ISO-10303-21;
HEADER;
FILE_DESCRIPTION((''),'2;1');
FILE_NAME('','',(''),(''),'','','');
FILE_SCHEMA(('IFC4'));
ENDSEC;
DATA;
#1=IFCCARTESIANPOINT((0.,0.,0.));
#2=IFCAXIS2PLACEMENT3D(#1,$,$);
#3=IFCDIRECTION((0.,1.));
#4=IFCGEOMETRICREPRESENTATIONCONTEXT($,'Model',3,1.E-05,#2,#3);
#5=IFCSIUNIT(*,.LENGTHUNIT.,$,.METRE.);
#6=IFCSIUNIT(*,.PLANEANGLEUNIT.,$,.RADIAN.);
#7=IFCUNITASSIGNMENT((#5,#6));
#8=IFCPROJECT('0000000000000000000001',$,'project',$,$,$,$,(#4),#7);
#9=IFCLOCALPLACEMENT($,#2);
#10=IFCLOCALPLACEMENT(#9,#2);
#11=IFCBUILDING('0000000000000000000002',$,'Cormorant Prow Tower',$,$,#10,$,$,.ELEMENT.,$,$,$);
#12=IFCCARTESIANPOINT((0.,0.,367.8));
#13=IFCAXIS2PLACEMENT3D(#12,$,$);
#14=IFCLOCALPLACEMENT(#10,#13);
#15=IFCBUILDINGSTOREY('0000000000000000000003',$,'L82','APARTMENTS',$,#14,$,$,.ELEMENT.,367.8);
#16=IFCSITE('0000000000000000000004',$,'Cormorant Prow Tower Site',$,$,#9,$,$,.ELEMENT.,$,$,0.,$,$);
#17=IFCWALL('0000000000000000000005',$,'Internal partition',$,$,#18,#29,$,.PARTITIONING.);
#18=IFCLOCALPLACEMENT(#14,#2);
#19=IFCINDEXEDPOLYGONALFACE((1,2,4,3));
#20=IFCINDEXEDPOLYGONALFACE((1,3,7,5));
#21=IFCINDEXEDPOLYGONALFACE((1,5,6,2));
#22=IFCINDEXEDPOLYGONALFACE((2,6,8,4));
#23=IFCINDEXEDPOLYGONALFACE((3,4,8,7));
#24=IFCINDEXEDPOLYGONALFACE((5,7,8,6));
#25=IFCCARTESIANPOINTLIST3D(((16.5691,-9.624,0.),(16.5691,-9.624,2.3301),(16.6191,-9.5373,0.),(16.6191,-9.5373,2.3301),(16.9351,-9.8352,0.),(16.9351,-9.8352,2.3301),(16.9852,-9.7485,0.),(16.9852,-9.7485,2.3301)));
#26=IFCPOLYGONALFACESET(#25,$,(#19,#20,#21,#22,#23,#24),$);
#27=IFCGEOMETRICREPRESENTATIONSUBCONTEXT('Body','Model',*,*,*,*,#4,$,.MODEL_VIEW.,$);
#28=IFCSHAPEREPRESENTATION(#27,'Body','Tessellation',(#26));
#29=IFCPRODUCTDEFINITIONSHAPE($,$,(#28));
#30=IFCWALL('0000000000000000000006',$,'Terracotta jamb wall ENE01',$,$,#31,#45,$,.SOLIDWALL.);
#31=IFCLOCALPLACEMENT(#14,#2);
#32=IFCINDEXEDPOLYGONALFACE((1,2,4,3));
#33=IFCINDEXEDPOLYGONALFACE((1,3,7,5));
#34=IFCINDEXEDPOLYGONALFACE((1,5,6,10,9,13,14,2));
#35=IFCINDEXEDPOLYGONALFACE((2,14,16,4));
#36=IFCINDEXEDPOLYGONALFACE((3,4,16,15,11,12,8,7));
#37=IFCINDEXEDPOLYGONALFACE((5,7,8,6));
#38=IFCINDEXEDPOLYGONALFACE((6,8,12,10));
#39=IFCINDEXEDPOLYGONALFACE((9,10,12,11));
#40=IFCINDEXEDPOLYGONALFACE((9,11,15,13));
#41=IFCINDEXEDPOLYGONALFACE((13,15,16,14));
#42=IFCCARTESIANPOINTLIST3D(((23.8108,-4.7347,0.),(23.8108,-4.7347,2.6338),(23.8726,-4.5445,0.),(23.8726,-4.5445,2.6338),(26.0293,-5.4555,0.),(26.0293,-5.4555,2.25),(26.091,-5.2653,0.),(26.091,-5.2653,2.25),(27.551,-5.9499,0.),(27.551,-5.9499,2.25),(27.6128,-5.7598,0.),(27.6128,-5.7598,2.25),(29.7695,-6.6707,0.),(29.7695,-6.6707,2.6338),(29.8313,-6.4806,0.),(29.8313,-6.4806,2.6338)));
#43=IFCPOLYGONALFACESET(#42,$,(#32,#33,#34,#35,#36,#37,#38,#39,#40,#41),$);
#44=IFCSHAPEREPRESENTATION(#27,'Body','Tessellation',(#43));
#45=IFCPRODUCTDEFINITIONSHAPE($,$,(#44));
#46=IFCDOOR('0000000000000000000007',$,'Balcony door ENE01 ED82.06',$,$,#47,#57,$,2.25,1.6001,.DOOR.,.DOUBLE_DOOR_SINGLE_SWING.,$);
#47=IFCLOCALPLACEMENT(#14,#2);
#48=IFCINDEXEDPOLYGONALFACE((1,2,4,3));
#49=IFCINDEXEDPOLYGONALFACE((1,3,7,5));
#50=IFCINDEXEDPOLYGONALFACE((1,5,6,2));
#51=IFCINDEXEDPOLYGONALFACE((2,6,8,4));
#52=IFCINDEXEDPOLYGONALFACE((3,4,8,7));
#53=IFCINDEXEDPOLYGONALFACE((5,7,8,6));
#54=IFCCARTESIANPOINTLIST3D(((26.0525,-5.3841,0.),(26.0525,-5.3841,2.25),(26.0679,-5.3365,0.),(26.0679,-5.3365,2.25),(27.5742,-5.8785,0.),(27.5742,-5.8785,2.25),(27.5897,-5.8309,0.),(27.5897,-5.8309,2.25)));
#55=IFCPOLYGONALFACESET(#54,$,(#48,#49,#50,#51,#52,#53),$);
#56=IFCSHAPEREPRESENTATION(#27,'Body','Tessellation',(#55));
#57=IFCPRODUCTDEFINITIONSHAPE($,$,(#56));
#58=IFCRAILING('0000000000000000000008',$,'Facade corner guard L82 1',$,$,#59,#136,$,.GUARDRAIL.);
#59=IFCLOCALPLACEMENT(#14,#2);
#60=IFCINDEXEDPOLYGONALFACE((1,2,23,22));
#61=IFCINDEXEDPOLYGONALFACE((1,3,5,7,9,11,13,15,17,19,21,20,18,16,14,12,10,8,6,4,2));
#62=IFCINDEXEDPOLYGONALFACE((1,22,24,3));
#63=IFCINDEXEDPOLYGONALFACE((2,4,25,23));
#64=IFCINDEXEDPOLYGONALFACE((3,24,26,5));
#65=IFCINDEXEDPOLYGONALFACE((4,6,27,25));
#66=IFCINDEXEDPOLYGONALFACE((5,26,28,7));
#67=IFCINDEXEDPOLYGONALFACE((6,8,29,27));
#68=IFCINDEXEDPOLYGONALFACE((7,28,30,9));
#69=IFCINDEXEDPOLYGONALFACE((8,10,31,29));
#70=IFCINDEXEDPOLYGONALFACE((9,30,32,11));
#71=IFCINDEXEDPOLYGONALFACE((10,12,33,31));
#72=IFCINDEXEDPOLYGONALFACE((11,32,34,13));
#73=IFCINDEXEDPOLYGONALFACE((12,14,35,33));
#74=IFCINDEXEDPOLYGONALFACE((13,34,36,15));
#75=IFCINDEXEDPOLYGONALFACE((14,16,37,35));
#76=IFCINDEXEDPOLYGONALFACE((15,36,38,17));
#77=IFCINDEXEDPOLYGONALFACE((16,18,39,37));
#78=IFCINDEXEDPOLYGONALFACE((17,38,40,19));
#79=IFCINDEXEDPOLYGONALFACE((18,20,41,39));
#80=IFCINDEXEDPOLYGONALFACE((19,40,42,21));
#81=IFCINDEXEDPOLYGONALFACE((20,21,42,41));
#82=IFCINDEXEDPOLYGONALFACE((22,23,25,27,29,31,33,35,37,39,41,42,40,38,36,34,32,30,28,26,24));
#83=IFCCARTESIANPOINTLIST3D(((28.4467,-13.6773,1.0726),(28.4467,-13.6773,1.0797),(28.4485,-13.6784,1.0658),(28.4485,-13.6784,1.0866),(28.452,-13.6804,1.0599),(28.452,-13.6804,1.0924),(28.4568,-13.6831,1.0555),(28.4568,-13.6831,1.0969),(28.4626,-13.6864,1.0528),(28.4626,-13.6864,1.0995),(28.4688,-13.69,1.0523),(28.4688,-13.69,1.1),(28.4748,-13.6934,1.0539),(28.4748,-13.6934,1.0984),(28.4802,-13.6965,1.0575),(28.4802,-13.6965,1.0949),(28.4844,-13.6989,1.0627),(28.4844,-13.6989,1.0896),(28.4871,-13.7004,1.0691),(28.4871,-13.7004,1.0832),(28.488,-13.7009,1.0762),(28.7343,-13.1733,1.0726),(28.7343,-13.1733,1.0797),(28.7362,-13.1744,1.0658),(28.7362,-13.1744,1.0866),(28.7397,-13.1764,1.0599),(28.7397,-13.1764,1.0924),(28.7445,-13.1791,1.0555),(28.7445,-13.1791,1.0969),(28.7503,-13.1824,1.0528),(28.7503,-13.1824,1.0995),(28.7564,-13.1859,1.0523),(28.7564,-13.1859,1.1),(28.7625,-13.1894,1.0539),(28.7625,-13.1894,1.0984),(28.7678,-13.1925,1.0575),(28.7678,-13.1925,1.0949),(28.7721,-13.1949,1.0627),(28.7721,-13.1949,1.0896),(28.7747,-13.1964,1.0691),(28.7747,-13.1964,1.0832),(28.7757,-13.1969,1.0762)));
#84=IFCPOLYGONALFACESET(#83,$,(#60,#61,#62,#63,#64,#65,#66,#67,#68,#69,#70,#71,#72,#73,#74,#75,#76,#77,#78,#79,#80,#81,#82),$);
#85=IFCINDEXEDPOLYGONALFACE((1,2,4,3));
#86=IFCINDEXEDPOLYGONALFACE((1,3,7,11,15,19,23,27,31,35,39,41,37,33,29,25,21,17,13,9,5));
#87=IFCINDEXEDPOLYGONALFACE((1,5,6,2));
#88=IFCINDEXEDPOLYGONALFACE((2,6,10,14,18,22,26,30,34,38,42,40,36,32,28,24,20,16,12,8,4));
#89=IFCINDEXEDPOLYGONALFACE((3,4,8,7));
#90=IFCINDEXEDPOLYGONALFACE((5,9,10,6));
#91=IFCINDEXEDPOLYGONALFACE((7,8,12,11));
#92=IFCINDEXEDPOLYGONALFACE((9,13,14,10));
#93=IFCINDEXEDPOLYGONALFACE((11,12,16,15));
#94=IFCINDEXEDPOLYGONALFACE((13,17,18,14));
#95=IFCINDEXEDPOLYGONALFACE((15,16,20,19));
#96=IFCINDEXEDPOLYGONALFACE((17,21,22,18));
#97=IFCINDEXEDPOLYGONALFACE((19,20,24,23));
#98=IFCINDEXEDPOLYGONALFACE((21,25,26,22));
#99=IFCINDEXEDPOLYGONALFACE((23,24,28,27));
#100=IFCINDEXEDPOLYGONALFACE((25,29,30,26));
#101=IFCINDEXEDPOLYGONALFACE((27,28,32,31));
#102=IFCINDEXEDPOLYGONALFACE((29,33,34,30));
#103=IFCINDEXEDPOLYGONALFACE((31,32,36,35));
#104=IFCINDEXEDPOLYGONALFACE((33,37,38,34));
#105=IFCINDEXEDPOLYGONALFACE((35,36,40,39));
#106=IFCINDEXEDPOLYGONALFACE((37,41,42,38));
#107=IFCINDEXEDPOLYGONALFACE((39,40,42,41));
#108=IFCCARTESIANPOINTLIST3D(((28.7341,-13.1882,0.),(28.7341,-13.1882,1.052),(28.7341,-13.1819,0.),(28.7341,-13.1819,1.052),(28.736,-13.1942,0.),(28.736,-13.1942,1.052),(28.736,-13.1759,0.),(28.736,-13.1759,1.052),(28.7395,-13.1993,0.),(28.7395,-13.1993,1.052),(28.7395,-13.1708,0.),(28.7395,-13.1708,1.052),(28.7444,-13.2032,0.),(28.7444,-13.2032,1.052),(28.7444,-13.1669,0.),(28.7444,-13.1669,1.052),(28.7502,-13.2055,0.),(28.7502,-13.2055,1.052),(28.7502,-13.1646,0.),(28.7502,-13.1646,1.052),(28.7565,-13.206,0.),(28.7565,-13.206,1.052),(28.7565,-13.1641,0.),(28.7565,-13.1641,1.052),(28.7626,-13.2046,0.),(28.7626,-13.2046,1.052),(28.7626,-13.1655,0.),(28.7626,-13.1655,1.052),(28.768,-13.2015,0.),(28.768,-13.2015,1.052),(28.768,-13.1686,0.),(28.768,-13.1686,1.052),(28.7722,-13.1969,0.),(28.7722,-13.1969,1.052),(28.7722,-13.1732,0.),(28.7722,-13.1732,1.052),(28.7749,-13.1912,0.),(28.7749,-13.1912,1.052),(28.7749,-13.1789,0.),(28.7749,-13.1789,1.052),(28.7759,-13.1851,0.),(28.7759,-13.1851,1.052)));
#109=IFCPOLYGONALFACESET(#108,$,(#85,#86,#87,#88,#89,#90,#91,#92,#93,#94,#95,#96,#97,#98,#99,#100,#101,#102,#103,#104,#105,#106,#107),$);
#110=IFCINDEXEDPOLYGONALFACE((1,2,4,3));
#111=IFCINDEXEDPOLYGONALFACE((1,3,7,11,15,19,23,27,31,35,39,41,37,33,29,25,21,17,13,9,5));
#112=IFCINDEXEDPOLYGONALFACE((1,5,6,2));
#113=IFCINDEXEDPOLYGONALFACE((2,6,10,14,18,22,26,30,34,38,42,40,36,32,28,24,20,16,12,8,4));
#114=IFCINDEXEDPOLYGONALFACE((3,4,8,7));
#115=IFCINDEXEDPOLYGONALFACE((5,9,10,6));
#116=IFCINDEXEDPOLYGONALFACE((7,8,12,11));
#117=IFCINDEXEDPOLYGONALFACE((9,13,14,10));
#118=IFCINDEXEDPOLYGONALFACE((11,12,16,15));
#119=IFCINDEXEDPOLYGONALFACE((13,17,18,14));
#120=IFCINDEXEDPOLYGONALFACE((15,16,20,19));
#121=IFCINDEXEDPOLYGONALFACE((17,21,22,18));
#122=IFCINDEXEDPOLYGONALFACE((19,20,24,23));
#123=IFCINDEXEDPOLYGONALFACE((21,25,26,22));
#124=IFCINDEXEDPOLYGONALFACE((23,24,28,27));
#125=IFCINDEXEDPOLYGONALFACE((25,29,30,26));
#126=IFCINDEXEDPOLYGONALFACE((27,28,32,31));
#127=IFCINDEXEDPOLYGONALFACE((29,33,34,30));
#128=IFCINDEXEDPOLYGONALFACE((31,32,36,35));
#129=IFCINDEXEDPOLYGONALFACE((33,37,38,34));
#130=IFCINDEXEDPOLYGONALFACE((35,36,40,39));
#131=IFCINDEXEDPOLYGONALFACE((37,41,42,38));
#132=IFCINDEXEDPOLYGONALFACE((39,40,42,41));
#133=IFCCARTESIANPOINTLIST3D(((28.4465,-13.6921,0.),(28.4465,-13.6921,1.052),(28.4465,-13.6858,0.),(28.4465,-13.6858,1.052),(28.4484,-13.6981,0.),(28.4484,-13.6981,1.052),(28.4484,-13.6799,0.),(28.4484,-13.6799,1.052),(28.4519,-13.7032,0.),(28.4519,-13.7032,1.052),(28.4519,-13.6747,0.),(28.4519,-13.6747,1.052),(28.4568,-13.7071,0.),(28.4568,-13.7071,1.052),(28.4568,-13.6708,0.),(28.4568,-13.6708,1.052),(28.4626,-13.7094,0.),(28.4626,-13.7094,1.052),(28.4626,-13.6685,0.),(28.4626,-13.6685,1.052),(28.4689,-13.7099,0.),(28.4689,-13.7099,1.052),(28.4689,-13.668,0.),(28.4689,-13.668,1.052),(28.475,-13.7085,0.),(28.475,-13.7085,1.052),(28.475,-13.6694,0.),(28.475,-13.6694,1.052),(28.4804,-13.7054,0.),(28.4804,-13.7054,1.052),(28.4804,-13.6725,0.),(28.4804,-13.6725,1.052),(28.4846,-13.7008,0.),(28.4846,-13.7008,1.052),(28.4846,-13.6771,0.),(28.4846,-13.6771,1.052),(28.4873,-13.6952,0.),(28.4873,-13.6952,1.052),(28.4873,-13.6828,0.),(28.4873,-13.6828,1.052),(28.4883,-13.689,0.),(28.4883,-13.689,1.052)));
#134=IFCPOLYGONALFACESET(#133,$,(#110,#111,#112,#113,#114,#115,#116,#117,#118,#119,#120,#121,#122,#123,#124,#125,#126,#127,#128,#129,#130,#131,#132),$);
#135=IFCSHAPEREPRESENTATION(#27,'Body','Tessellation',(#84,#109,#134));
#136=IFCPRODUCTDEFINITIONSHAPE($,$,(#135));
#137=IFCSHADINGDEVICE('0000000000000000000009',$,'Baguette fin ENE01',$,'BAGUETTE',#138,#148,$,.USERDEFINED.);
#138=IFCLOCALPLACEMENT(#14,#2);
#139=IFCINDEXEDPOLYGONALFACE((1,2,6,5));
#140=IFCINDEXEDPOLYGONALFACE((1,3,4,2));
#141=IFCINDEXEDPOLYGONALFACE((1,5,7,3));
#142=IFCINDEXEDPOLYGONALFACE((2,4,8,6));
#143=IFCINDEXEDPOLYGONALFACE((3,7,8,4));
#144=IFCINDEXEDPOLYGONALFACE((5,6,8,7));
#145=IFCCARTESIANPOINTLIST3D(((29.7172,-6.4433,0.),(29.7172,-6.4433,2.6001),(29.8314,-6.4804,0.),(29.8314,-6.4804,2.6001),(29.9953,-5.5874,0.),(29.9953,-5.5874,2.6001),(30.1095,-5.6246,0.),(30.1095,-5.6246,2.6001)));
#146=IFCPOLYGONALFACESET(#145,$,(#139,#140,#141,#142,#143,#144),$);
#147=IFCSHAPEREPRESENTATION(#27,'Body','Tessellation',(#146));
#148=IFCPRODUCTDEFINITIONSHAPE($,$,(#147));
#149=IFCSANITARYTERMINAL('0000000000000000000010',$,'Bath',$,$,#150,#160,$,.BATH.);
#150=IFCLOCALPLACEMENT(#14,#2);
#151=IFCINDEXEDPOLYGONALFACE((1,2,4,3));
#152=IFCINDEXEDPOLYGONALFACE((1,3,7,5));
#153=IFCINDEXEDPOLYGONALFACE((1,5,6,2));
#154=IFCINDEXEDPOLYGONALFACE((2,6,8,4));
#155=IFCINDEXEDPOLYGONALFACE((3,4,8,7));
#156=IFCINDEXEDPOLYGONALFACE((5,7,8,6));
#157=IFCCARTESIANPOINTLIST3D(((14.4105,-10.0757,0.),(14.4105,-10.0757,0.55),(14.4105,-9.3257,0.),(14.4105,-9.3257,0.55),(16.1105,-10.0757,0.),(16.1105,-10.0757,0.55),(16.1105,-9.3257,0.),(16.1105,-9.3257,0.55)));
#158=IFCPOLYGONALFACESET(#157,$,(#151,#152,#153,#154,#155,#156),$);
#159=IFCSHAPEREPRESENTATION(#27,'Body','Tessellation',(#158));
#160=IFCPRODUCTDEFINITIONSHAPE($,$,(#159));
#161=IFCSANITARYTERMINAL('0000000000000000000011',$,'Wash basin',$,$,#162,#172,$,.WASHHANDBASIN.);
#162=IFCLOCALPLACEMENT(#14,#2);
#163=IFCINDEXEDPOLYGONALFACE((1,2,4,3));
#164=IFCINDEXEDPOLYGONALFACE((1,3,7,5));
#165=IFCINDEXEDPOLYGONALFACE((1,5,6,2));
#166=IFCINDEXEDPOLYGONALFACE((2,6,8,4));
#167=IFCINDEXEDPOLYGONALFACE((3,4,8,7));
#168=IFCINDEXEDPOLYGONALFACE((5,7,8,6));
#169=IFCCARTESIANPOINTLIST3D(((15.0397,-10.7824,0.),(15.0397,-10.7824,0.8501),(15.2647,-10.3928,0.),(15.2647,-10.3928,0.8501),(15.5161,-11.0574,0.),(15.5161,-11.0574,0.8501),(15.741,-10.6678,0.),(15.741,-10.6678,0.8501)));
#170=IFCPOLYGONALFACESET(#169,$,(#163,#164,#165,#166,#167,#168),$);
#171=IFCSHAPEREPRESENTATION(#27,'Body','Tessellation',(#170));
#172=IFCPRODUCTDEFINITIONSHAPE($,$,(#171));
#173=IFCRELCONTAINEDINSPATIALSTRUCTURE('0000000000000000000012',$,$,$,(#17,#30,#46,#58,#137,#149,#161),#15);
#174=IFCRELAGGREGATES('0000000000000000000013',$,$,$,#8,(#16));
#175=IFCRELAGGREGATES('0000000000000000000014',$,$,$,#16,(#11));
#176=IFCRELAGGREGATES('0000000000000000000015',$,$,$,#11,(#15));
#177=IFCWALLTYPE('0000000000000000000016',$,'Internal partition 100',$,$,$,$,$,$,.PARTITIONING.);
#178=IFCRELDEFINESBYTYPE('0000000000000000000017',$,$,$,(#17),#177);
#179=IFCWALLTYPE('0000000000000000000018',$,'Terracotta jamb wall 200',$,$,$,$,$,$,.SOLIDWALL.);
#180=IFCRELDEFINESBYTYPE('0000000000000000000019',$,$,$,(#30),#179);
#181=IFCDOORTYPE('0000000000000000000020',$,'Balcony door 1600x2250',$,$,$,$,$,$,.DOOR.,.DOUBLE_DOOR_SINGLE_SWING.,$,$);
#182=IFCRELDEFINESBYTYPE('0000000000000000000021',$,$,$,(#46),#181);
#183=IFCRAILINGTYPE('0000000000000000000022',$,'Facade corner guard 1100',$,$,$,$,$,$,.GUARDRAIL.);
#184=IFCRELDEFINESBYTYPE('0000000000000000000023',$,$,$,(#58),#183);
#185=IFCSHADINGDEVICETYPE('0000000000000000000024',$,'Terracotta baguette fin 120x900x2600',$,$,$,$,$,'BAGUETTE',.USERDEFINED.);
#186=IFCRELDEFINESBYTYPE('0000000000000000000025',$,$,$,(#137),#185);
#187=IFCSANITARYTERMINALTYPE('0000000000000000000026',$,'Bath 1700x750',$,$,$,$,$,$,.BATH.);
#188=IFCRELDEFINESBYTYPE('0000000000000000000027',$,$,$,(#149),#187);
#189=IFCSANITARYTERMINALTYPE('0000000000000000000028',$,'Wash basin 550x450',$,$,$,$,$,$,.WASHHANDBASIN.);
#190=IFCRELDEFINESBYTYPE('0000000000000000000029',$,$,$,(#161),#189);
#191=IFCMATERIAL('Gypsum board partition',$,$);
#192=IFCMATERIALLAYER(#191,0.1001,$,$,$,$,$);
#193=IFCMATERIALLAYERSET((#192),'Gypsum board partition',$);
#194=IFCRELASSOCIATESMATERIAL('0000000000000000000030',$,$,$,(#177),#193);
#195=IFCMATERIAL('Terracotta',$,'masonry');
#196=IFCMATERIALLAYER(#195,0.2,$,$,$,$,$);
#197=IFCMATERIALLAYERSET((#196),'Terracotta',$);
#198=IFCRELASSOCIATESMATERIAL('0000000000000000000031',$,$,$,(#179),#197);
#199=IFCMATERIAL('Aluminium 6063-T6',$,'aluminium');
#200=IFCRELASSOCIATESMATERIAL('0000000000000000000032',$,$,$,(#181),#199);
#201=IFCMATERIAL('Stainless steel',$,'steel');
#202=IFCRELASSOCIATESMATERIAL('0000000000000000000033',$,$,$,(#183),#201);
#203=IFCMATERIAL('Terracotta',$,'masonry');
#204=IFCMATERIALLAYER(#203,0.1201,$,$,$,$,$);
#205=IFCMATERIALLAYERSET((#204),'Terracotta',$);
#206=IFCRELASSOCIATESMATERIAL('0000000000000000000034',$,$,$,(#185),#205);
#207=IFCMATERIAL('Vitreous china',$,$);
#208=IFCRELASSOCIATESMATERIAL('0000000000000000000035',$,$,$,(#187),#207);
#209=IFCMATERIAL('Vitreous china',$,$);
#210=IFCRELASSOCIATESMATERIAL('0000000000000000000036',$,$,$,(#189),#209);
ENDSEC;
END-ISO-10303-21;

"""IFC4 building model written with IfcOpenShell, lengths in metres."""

from ifc_helpers import new_model, si_unit, direction, frame, frame_2d, origin, origin_2d, place, context, subcontext, project, spatial, rectangle, circle, extrude, material, layer, layer_set, type_object, element, fill, save


model = new_model("IFC4")

# Units and contexts
model_context = context("Model", 3, precision=1e-05, world=origin(), true_north=direction((0.0, 1.0)))
body_context = subcontext(model_context, "Body", "Model", "MODEL_VIEW")
ifc_project = project(units=[si_unit("LENGTHUNIT", "METRE"), si_unit("PLANEANGLEUNIT", "RADIAN")], contexts=[model_context])

# Site, building, storey
site_placement = place(None, origin())
site = spatial("IfcSite", under=ifc_project, at=site_placement, Name="Cormorant Prow Tower Site", CompositionType="ELEMENT", RefElevation=0.0)
building_placement = place(site_placement, origin())
building = spatial("IfcBuilding", under=site, at=building_placement, Name="Cormorant Prow Tower", CompositionType="ELEMENT")
storey_placement = place(building_placement, frame((0.0, 0.0, 367.8)))
storey = spatial("IfcBuildingStorey", under=building, at=storey_placement, Name="L82", Description="APARTMENTS", CompositionType="ELEMENT", Elevation=367.8)

# Shared definitions
ifc_material_1 = material(Name="Gypsum board partition")
ifc_layer_1 = layer(ifc_material_1, 0.1001)
ifc_layer_set_1 = layer_set([ifc_layer_1], Name="Gypsum board partition")
wall_type_1 = type_object("IfcWallType", Name="Internal partition 100", PredefinedType="PARTITIONING", material=ifc_layer_set_1)

# Wall
wall_1_placement = place(storey_placement, frame((16.594, -9.5806, 0.0), z_axis=(0.0, 0.0, 1.0), x_axis=(0.866137, -0.499806, 0.0)))
element("IfcWall", 1, at=wall_1_placement, inside=storey, type_object=wall_type_1, Name="Internal partition", PredefinedType="PARTITIONING", context=body_context, shape_type="SweptSolid", body=[
    extrude(rectangle(XDim=0.4226, YDim=0.1001, at=frame_2d((0.2114, 0.0))), origin(), (0.0, 0.0, 1.0), 2.3301),
])

# Wall, opening, door
ifc_material_2 = material(Name="Terracotta", Category="masonry")
ifc_layer_2 = layer(ifc_material_2, 0.2)
ifc_layer_set_2 = layer_set([ifc_layer_2], Name="Terracotta")
wall_type_2 = type_object("IfcWallType", Name="Terracotta jamb wall 200", PredefinedType="SOLIDWALL", material=ifc_layer_set_2)
wall_2_placement = place(storey_placement, frame((29.8005, -6.5757, 0.0), z_axis=(0.0, 0.0, 1.0), x_axis=(-0.95106, 0.309006, 0.0)))
wall_2 = element("IfcWall", 2, at=wall_2_placement, inside=storey, type_object=wall_type_2, Name="Terracotta jamb wall ENE01", PredefinedType="SOLIDWALL", context=body_context, shape_type="SweptSolid", body=[
    extrude(rectangle(XDim=6.2654, YDim=0.2, at=frame_2d((3.1328, 0.0))), origin(), (0.0, 0.0, 1.0), 2.6338),
])
opening_1_placement = place(wall_2_placement, frame((2.3328, 0.0, 0.0)))
opening_1 = element("IfcOpeningElement", 3, at=opening_1_placement, cuts=wall_2, PredefinedType="OPENING", context=body_context, shape_type="SweptSolid", body=[
    extrude(rectangle(XDim=1.6001, YDim=2.25, at=frame_2d((0.8, 1.125))), frame((0.0, 0.1099, 0.0), z_axis=(0.0, -1.0, 0.0), x_axis=(1.0, 0.0, 0.0)), (0.0, 0.0, 1.0), 0.22),
])
ifc_material_3 = material(Name="Aluminium 6063-T6", Category="aluminium")
door_type_1 = type_object("IfcDoorType", Name="Balcony door 1600x2250", OperationType="DOUBLE_DOOR_SINGLE_SWING", PredefinedType="DOOR", material=ifc_material_3)
door_1_placement = place(opening_1_placement, origin())
door_1 = element("IfcDoor", 4, at=door_1_placement, inside=storey, type_object=door_type_1, Name="Balcony door ENE01 ED82.06", OperationType="DOUBLE_DOOR_SINGLE_SWING", OverallHeight=2.25, OverallWidth=1.6001, PredefinedType="DOOR", context=body_context, shape_type="SweptSolid", body=[
    extrude(rectangle(XDim=1.6001, YDim=2.25, at=frame_2d((0.8, 1.125))), frame((0.0, 0.0249, 0.0), z_axis=(0.0, -1.0, 0.0), x_axis=(1.0, 0.0, 0.0)), (0.0, 0.0, 1.0), 0.05),
])
fill(opening_1, door_1)

# Railing
ifc_material_4 = material(Name="Stainless steel", Category="steel")
railing_type_1 = type_object("IfcRailingType", Name="Facade corner guard 1100", PredefinedType="GUARDRAIL", material=ifc_material_4)
railing_1_placement = place(storey_placement, frame((28.7549, -13.1851, 0.0)))
element("IfcRailing", 5, at=railing_1_placement, inside=storey, type_object=railing_type_1, Name="Facade corner guard L82 1", PredefinedType="GUARDRAIL", context=body_context, shape_type="SweptSolid", body=[
    extrude(circle(Radius=0.0239, at=origin_2d()), frame((0.0, 0.0, 1.0762), z_axis=(-0.495686, -0.868502, 0.0), x_axis=(0.868502, -0.495686, 0.0)), (0.0, 0.0, 1.0), 0.5803),
    extrude(circle(Radius=0.021, at=origin_2d()), origin(), (0.0, 0.0, 1.0), 1.052),
    extrude(circle(Radius=0.021, at=origin_2d()), frame((-0.2876, -0.5039, 0.0)), (0.0, 0.0, 1.0), 1.052),
])

# Shading device
ifc_material_5 = material(Name="Terracotta", Category="masonry")
ifc_layer_3 = layer(ifc_material_5, 0.1201)
ifc_layer_set_3 = layer_set([ifc_layer_3], Name="Terracotta")
shading_device_type = type_object("IfcShadingDeviceType", Name="Terracotta baguette fin 120x900x2600", ElementType="BAGUETTE", PredefinedType="USERDEFINED", material=ifc_layer_set_3)
shading_device_placement = place(storey_placement, frame((29.9133, -6.0339, 0.0), z_axis=(0.0, 0.0, 1.0), x_axis=(-0.951057, 0.309017, 0.0)))
element("IfcShadingDevice", 6, at=shading_device_placement, inside=storey, type_object=shading_device_type, Name="Baguette fin ENE01", ObjectType="BAGUETTE", PredefinedType="USERDEFINED", context=body_context, shape_type="SweptSolid", body=[
    extrude(rectangle(XDim=0.1201, YDim=0.8999, at=origin_2d()), origin(), (0.0, 0.0, 1.0), 2.6001),
])

# Sanitary terminals
ifc_material_6 = material(Name="Vitreous china")
sanitary_terminal_type_1 = type_object("IfcSanitaryTerminalType", Name="Bath 1700x750", PredefinedType="BATH", material=ifc_material_6)
sanitary_terminal_1_placement = place(storey_placement, frame((15.2605, -9.7007, 0.0), z_axis=(0.0, 0.0, 1.0), x_axis=(1.0, 0.0, 0.0)))
element("IfcSanitaryTerminal", 7, at=sanitary_terminal_1_placement, inside=storey, type_object=sanitary_terminal_type_1, Name="Bath", PredefinedType="BATH", context=body_context, shape_type="SweptSolid", body=[
    extrude(rectangle(XDim=1.7, YDim=0.75, at=origin_2d()), origin(), (0.0, 0.0, 1.0), 0.55),
])
ifc_material_7 = material(Name="Vitreous china")
sanitary_terminal_type_2 = type_object("IfcSanitaryTerminalType", Name="Wash basin 550x450", PredefinedType="WASHHANDBASIN", material=ifc_material_7)
sanitary_terminal_2_placement = place(storey_placement, frame((15.3904, -10.7251, 0.0), z_axis=(0.0, 0.0, 1.0), x_axis=(-0.866025, 0.5, 0.0)))
element("IfcSanitaryTerminal", 8, at=sanitary_terminal_2_placement, inside=storey, type_object=sanitary_terminal_type_2, Name="Wash basin", PredefinedType="WASHHANDBASIN", context=body_context, shape_type="SweptSolid", body=[
    extrude(rectangle(XDim=0.55, YDim=0.45, at=origin_2d()), origin(), (0.0, 0.0, 1.0), 0.8501),
])

save(model, "model.ifc")
